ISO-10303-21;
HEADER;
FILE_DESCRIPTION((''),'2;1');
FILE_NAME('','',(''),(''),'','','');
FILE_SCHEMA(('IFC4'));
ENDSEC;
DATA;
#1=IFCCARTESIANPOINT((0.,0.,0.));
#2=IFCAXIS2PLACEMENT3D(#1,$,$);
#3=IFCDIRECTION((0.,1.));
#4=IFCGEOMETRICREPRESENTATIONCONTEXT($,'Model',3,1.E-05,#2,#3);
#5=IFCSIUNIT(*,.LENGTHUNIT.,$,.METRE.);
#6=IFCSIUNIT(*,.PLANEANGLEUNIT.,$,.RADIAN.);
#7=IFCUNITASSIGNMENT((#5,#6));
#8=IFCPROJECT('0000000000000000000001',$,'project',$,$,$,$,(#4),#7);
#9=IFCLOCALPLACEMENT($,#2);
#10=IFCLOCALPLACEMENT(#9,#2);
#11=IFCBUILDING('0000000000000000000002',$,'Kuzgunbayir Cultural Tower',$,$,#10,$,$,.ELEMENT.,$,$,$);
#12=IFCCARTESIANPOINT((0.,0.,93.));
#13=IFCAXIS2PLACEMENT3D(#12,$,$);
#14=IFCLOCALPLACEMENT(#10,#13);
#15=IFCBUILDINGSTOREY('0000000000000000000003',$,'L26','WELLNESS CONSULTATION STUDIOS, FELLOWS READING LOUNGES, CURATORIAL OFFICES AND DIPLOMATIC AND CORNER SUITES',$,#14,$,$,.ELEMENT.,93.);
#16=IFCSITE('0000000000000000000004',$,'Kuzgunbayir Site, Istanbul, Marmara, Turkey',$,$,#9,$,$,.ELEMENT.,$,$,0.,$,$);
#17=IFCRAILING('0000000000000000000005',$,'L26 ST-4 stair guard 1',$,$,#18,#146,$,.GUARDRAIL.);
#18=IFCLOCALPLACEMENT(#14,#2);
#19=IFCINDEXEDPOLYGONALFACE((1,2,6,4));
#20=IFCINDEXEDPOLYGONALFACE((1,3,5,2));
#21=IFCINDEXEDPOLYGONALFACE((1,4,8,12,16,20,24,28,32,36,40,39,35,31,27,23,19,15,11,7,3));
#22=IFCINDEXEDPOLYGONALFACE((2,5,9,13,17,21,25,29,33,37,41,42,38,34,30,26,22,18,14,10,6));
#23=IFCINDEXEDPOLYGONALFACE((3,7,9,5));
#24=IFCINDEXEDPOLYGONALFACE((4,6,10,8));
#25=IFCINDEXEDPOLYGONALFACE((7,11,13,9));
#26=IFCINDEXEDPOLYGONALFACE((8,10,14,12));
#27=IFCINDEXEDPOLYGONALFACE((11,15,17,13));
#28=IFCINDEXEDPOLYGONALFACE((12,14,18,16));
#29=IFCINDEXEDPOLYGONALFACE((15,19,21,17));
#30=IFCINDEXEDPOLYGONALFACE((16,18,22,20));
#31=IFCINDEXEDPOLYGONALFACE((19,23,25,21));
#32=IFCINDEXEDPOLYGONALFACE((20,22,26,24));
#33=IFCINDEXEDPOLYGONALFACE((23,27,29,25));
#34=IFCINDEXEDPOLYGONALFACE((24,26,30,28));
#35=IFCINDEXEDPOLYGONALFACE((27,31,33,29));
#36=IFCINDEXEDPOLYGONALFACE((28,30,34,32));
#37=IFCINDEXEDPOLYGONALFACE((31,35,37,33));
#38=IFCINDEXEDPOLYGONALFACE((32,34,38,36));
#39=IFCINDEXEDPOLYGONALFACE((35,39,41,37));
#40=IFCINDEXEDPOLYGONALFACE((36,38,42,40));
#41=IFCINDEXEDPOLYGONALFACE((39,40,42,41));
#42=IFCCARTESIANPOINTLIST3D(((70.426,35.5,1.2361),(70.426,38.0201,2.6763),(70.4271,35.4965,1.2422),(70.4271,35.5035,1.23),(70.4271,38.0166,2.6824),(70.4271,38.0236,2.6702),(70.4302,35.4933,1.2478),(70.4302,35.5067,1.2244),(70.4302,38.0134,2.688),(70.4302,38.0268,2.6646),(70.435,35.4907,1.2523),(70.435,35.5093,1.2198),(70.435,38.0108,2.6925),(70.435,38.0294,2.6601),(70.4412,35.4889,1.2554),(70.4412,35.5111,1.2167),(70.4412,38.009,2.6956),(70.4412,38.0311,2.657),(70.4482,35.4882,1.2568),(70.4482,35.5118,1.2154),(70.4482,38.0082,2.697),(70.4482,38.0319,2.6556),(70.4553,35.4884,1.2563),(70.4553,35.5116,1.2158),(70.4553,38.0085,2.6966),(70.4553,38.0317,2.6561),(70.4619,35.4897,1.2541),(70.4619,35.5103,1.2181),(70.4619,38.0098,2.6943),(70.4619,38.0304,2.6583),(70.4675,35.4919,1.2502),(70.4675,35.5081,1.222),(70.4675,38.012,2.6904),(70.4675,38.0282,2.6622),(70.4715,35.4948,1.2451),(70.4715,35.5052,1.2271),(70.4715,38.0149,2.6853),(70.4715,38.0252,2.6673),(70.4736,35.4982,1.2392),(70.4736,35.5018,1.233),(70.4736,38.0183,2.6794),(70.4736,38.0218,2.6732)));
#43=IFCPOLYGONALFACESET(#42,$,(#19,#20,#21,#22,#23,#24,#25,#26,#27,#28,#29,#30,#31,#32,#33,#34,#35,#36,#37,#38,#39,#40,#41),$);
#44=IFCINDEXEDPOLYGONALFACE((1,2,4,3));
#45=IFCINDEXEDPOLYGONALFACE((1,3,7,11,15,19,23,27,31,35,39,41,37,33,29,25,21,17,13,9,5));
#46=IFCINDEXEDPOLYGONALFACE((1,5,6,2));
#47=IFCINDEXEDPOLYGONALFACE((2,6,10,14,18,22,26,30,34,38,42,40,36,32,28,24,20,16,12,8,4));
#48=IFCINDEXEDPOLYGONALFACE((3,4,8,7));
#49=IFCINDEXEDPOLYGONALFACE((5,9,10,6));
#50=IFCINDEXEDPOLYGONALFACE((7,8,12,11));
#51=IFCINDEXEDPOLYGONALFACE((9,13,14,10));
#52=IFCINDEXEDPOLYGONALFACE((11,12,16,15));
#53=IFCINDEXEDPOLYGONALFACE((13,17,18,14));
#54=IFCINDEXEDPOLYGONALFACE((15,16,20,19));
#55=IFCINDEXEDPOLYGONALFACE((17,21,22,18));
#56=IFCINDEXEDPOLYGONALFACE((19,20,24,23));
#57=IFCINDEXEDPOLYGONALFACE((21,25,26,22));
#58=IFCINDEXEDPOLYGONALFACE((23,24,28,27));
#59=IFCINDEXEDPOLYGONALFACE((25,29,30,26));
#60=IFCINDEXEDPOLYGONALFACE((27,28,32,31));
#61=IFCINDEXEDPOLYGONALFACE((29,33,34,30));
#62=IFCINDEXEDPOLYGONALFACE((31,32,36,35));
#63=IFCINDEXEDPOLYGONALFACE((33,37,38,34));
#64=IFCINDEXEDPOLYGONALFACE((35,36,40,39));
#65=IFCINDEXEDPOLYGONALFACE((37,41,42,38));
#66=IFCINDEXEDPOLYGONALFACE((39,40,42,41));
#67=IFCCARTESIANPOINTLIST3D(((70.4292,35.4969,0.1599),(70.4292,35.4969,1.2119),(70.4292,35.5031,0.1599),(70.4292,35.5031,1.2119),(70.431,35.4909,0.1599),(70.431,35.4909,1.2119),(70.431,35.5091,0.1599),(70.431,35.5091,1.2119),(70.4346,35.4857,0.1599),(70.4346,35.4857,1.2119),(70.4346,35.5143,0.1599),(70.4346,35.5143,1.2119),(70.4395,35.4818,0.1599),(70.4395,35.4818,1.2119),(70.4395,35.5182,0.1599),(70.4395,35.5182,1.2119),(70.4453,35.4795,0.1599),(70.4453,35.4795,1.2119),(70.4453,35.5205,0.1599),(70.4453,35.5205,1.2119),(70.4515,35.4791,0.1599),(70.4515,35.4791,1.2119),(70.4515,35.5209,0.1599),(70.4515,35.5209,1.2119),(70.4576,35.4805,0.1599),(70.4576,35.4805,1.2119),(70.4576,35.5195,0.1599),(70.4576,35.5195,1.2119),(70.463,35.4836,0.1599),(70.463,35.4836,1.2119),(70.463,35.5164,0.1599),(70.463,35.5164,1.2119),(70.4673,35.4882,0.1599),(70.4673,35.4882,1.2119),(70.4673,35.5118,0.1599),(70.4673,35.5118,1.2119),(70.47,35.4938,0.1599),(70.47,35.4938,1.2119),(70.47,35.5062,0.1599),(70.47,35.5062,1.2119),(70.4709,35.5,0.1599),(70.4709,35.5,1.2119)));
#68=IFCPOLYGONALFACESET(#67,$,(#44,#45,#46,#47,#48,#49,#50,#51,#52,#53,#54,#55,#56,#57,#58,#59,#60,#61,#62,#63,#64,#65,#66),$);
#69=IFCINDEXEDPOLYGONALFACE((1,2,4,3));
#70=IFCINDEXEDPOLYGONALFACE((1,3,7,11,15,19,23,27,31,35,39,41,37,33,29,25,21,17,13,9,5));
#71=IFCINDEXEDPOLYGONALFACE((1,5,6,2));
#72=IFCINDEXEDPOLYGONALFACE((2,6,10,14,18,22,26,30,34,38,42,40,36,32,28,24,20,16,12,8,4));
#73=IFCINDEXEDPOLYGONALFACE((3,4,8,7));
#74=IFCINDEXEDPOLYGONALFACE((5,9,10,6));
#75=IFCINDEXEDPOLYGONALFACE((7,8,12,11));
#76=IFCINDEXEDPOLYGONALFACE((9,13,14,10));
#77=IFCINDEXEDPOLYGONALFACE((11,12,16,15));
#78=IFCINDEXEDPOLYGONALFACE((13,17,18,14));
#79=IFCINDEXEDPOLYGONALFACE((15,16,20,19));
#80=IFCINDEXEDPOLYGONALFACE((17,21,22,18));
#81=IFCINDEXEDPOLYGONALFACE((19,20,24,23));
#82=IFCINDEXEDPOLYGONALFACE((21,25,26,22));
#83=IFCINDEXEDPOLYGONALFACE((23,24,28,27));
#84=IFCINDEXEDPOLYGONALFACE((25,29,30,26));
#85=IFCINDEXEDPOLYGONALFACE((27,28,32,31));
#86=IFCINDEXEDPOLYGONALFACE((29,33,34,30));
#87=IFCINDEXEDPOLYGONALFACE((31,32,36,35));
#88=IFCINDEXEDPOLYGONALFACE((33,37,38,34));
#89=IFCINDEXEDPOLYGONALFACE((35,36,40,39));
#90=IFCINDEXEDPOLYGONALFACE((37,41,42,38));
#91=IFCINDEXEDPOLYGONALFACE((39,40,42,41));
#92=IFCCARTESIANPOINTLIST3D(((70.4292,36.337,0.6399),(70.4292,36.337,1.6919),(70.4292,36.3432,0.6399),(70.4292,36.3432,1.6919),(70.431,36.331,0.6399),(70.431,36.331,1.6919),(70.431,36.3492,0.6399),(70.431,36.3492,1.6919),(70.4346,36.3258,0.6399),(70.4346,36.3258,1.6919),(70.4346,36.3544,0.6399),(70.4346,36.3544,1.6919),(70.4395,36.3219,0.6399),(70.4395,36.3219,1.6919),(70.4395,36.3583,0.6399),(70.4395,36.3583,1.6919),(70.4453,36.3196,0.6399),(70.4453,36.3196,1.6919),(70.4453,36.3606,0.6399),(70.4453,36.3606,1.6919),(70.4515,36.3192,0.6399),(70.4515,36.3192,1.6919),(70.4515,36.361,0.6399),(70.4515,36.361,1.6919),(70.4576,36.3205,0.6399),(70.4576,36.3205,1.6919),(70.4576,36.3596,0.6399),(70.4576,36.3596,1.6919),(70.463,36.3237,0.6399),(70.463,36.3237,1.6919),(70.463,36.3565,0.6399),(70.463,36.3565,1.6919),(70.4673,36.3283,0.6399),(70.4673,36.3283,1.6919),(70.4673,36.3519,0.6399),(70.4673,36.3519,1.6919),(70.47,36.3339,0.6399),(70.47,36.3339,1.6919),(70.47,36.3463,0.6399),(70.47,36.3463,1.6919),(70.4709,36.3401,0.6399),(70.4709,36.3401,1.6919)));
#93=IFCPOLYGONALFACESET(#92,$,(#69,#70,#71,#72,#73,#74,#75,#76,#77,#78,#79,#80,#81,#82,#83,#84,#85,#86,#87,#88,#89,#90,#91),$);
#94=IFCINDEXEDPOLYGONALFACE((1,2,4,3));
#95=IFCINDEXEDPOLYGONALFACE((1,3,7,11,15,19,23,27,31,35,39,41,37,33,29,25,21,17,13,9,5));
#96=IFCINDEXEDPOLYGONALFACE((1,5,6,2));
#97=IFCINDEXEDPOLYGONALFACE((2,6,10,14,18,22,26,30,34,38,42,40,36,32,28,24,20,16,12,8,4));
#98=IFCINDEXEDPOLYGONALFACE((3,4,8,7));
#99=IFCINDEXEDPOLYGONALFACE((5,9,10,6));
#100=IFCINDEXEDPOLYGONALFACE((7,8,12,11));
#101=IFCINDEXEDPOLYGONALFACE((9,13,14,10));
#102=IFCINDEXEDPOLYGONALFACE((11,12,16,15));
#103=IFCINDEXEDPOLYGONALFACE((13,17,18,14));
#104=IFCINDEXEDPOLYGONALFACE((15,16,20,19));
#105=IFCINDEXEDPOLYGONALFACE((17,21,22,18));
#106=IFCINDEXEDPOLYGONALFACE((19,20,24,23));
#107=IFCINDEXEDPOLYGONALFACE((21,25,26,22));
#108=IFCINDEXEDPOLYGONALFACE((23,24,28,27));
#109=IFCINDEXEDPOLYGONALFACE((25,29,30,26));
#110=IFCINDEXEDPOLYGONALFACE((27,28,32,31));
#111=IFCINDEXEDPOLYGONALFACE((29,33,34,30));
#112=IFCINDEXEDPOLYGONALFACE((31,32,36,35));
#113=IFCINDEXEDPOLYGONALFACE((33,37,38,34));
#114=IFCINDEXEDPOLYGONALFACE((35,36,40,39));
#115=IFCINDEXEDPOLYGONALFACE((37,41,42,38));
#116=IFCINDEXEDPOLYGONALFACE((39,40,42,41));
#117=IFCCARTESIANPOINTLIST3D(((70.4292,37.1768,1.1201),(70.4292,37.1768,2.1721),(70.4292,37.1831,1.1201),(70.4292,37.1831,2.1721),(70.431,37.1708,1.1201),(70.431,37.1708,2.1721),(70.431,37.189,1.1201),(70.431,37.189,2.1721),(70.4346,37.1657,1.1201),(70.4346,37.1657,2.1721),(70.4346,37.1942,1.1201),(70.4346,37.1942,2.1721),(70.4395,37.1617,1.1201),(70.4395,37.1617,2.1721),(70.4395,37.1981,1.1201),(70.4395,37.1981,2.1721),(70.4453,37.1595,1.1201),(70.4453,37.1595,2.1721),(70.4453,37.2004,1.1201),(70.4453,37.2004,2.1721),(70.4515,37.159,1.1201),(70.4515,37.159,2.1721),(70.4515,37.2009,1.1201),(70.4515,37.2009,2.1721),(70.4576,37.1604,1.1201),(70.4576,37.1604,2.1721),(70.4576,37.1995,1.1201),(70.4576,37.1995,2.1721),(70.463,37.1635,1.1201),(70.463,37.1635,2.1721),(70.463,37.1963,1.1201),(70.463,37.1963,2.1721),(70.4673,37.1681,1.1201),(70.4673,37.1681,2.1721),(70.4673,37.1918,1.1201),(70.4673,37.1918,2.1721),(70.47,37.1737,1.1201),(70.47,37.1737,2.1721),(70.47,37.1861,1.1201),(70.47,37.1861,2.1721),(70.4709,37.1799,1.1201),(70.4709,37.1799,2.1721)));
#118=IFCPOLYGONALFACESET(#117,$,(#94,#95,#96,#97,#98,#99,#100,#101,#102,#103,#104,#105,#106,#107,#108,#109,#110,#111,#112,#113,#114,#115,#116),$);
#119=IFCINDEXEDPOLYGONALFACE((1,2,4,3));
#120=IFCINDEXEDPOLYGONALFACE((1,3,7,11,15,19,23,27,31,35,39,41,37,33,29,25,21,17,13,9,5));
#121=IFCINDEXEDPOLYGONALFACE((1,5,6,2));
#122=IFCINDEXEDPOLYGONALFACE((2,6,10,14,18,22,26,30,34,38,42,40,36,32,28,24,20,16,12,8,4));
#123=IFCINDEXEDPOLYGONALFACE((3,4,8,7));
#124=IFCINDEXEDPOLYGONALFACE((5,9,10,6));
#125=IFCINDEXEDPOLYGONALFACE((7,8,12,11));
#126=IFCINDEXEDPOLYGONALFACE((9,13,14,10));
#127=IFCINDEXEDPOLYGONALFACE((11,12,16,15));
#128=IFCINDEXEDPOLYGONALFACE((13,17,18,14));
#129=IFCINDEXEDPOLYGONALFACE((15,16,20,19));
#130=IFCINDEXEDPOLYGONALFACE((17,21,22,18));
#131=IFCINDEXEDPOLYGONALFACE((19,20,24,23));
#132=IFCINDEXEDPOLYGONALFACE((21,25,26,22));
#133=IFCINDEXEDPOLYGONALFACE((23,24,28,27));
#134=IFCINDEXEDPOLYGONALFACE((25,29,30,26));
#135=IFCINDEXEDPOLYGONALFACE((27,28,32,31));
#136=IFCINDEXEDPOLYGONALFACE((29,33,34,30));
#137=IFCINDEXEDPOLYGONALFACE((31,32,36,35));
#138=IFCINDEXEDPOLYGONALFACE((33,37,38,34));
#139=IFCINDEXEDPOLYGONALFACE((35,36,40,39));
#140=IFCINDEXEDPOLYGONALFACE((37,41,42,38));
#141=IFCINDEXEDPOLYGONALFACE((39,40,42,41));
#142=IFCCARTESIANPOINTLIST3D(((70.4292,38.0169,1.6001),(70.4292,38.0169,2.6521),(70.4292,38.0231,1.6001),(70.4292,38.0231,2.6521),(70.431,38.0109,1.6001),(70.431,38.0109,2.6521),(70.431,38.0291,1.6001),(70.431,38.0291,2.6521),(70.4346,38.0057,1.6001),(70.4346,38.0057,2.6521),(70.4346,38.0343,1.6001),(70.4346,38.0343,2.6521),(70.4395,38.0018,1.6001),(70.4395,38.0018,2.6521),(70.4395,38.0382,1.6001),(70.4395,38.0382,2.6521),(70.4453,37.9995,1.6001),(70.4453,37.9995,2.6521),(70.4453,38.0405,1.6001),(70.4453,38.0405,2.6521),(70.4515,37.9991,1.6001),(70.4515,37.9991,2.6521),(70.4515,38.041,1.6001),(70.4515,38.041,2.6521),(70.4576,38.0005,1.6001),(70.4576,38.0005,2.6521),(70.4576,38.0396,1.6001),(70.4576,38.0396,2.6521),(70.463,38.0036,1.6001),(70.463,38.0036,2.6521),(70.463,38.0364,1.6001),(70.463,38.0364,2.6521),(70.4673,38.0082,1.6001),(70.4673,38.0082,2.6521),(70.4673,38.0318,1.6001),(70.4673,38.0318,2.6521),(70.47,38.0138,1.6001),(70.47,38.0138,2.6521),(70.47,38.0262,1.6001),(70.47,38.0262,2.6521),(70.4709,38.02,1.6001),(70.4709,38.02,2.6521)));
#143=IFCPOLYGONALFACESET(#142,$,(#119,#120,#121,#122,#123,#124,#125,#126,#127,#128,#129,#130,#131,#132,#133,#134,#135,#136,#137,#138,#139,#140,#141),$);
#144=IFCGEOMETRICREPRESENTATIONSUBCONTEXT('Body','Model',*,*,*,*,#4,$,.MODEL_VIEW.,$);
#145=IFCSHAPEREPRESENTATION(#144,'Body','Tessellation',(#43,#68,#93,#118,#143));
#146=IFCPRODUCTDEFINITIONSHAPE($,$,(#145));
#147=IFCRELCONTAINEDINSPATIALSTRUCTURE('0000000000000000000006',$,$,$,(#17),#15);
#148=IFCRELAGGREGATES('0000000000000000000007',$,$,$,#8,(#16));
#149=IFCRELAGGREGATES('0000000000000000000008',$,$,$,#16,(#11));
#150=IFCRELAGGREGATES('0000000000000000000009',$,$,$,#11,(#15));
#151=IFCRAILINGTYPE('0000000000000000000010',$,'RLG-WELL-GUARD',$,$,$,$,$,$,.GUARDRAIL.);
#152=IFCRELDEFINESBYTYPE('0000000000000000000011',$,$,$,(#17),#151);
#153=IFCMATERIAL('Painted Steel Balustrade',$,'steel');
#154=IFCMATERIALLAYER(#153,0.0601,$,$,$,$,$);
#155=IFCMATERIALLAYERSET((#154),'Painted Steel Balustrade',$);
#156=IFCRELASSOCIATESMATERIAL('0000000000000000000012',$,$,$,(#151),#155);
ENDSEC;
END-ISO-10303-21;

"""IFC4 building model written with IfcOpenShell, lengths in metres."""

from ifc_helpers import new_model, si_unit, direction, frame, origin, origin_2d, place, context, subcontext, project, spatial, circle, extrude, material, layer, layer_set, type_object, element, save


model = new_model("IFC4")

# Units and contexts
model_context = context("Model", 3, precision=1e-05, world=origin(), true_north=direction((0.0, 1.0)))
body_context = subcontext(model_context, "Body", "Model", "MODEL_VIEW")
ifc_project = project(units=[si_unit("LENGTHUNIT", "METRE"), si_unit("PLANEANGLEUNIT", "RADIAN")], contexts=[model_context])

# Site, building, storey
site_placement = place(None, origin())
site = spatial("IfcSite", under=ifc_project, at=site_placement, Name="Kuzgunbayir Site, Istanbul, Marmara, Turkey", CompositionType="ELEMENT", RefElevation=0.0)
building_placement = place(site_placement, origin())
building = spatial("IfcBuilding", under=site, at=building_placement, Name="Kuzgunbayir Cultural Tower", CompositionType="ELEMENT")
storey_placement = place(building_placement, frame((0.0, 0.0, 93.0)))
storey = spatial("IfcBuildingStorey", under=building, at=storey_placement, Name="L26", Description="WELLNESS CONSULTATION STUDIOS, FELLOWS READING LOUNGES, CURATORIAL OFFICES AND DIPLOMATIC AND CORNER SUITES", CompositionType="ELEMENT", Elevation=93.0)

# Railing
ifc_material_1 = material(Name="Painted Steel Balustrade", Category="steel")
ifc_layer_1 = layer(ifc_material_1, 0.0601)
ifc_layer_set_1 = layer_set([ifc_layer_1], Name="Painted Steel Balustrade")
railing_type_1 = type_object("IfcRailingType", Name="RLG-WELL-GUARD", PredefinedType="GUARDRAIL", material=ifc_layer_set_1)
railing_1_placement = place(storey_placement, frame((70.45, 35.5, 0.1599)))
element("IfcRailing", 1, at=railing_1_placement, inside=storey, type_object=railing_type_1, Name="L26 ST-4 stair guard 1", PredefinedType="GUARDRAIL", context=body_context, shape_type="SweptSolid", body=[
    extrude(circle(Radius=0.0239, at=origin_2d()), frame((0.0, 0.0, 1.0762), z_axis=(0.0, 0.868217, 0.496184), x_axis=(-1.0, 0.0, 0.0)), (0.0, 0.0, 1.0), 2.9026),
    extrude(circle(Radius=0.021, at=origin_2d()), origin(), (0.0, 0.0, 1.0), 1.052),
    extrude(circle(Radius=0.021, at=origin_2d()), frame((0.0, 0.8401, 0.48)), (0.0, 0.0, 1.0), 1.052),
    extrude(circle(Radius=0.021, at=origin_2d()), frame((0.0, 1.6799, 0.9602)), (0.0, 0.0, 1.0), 1.052),
    extrude(circle(Radius=0.021, at=origin_2d()), frame((0.0, 2.52, 1.4402)), (0.0, 0.0, 1.0), 1.052),
])

save(model, "model.ifc")
